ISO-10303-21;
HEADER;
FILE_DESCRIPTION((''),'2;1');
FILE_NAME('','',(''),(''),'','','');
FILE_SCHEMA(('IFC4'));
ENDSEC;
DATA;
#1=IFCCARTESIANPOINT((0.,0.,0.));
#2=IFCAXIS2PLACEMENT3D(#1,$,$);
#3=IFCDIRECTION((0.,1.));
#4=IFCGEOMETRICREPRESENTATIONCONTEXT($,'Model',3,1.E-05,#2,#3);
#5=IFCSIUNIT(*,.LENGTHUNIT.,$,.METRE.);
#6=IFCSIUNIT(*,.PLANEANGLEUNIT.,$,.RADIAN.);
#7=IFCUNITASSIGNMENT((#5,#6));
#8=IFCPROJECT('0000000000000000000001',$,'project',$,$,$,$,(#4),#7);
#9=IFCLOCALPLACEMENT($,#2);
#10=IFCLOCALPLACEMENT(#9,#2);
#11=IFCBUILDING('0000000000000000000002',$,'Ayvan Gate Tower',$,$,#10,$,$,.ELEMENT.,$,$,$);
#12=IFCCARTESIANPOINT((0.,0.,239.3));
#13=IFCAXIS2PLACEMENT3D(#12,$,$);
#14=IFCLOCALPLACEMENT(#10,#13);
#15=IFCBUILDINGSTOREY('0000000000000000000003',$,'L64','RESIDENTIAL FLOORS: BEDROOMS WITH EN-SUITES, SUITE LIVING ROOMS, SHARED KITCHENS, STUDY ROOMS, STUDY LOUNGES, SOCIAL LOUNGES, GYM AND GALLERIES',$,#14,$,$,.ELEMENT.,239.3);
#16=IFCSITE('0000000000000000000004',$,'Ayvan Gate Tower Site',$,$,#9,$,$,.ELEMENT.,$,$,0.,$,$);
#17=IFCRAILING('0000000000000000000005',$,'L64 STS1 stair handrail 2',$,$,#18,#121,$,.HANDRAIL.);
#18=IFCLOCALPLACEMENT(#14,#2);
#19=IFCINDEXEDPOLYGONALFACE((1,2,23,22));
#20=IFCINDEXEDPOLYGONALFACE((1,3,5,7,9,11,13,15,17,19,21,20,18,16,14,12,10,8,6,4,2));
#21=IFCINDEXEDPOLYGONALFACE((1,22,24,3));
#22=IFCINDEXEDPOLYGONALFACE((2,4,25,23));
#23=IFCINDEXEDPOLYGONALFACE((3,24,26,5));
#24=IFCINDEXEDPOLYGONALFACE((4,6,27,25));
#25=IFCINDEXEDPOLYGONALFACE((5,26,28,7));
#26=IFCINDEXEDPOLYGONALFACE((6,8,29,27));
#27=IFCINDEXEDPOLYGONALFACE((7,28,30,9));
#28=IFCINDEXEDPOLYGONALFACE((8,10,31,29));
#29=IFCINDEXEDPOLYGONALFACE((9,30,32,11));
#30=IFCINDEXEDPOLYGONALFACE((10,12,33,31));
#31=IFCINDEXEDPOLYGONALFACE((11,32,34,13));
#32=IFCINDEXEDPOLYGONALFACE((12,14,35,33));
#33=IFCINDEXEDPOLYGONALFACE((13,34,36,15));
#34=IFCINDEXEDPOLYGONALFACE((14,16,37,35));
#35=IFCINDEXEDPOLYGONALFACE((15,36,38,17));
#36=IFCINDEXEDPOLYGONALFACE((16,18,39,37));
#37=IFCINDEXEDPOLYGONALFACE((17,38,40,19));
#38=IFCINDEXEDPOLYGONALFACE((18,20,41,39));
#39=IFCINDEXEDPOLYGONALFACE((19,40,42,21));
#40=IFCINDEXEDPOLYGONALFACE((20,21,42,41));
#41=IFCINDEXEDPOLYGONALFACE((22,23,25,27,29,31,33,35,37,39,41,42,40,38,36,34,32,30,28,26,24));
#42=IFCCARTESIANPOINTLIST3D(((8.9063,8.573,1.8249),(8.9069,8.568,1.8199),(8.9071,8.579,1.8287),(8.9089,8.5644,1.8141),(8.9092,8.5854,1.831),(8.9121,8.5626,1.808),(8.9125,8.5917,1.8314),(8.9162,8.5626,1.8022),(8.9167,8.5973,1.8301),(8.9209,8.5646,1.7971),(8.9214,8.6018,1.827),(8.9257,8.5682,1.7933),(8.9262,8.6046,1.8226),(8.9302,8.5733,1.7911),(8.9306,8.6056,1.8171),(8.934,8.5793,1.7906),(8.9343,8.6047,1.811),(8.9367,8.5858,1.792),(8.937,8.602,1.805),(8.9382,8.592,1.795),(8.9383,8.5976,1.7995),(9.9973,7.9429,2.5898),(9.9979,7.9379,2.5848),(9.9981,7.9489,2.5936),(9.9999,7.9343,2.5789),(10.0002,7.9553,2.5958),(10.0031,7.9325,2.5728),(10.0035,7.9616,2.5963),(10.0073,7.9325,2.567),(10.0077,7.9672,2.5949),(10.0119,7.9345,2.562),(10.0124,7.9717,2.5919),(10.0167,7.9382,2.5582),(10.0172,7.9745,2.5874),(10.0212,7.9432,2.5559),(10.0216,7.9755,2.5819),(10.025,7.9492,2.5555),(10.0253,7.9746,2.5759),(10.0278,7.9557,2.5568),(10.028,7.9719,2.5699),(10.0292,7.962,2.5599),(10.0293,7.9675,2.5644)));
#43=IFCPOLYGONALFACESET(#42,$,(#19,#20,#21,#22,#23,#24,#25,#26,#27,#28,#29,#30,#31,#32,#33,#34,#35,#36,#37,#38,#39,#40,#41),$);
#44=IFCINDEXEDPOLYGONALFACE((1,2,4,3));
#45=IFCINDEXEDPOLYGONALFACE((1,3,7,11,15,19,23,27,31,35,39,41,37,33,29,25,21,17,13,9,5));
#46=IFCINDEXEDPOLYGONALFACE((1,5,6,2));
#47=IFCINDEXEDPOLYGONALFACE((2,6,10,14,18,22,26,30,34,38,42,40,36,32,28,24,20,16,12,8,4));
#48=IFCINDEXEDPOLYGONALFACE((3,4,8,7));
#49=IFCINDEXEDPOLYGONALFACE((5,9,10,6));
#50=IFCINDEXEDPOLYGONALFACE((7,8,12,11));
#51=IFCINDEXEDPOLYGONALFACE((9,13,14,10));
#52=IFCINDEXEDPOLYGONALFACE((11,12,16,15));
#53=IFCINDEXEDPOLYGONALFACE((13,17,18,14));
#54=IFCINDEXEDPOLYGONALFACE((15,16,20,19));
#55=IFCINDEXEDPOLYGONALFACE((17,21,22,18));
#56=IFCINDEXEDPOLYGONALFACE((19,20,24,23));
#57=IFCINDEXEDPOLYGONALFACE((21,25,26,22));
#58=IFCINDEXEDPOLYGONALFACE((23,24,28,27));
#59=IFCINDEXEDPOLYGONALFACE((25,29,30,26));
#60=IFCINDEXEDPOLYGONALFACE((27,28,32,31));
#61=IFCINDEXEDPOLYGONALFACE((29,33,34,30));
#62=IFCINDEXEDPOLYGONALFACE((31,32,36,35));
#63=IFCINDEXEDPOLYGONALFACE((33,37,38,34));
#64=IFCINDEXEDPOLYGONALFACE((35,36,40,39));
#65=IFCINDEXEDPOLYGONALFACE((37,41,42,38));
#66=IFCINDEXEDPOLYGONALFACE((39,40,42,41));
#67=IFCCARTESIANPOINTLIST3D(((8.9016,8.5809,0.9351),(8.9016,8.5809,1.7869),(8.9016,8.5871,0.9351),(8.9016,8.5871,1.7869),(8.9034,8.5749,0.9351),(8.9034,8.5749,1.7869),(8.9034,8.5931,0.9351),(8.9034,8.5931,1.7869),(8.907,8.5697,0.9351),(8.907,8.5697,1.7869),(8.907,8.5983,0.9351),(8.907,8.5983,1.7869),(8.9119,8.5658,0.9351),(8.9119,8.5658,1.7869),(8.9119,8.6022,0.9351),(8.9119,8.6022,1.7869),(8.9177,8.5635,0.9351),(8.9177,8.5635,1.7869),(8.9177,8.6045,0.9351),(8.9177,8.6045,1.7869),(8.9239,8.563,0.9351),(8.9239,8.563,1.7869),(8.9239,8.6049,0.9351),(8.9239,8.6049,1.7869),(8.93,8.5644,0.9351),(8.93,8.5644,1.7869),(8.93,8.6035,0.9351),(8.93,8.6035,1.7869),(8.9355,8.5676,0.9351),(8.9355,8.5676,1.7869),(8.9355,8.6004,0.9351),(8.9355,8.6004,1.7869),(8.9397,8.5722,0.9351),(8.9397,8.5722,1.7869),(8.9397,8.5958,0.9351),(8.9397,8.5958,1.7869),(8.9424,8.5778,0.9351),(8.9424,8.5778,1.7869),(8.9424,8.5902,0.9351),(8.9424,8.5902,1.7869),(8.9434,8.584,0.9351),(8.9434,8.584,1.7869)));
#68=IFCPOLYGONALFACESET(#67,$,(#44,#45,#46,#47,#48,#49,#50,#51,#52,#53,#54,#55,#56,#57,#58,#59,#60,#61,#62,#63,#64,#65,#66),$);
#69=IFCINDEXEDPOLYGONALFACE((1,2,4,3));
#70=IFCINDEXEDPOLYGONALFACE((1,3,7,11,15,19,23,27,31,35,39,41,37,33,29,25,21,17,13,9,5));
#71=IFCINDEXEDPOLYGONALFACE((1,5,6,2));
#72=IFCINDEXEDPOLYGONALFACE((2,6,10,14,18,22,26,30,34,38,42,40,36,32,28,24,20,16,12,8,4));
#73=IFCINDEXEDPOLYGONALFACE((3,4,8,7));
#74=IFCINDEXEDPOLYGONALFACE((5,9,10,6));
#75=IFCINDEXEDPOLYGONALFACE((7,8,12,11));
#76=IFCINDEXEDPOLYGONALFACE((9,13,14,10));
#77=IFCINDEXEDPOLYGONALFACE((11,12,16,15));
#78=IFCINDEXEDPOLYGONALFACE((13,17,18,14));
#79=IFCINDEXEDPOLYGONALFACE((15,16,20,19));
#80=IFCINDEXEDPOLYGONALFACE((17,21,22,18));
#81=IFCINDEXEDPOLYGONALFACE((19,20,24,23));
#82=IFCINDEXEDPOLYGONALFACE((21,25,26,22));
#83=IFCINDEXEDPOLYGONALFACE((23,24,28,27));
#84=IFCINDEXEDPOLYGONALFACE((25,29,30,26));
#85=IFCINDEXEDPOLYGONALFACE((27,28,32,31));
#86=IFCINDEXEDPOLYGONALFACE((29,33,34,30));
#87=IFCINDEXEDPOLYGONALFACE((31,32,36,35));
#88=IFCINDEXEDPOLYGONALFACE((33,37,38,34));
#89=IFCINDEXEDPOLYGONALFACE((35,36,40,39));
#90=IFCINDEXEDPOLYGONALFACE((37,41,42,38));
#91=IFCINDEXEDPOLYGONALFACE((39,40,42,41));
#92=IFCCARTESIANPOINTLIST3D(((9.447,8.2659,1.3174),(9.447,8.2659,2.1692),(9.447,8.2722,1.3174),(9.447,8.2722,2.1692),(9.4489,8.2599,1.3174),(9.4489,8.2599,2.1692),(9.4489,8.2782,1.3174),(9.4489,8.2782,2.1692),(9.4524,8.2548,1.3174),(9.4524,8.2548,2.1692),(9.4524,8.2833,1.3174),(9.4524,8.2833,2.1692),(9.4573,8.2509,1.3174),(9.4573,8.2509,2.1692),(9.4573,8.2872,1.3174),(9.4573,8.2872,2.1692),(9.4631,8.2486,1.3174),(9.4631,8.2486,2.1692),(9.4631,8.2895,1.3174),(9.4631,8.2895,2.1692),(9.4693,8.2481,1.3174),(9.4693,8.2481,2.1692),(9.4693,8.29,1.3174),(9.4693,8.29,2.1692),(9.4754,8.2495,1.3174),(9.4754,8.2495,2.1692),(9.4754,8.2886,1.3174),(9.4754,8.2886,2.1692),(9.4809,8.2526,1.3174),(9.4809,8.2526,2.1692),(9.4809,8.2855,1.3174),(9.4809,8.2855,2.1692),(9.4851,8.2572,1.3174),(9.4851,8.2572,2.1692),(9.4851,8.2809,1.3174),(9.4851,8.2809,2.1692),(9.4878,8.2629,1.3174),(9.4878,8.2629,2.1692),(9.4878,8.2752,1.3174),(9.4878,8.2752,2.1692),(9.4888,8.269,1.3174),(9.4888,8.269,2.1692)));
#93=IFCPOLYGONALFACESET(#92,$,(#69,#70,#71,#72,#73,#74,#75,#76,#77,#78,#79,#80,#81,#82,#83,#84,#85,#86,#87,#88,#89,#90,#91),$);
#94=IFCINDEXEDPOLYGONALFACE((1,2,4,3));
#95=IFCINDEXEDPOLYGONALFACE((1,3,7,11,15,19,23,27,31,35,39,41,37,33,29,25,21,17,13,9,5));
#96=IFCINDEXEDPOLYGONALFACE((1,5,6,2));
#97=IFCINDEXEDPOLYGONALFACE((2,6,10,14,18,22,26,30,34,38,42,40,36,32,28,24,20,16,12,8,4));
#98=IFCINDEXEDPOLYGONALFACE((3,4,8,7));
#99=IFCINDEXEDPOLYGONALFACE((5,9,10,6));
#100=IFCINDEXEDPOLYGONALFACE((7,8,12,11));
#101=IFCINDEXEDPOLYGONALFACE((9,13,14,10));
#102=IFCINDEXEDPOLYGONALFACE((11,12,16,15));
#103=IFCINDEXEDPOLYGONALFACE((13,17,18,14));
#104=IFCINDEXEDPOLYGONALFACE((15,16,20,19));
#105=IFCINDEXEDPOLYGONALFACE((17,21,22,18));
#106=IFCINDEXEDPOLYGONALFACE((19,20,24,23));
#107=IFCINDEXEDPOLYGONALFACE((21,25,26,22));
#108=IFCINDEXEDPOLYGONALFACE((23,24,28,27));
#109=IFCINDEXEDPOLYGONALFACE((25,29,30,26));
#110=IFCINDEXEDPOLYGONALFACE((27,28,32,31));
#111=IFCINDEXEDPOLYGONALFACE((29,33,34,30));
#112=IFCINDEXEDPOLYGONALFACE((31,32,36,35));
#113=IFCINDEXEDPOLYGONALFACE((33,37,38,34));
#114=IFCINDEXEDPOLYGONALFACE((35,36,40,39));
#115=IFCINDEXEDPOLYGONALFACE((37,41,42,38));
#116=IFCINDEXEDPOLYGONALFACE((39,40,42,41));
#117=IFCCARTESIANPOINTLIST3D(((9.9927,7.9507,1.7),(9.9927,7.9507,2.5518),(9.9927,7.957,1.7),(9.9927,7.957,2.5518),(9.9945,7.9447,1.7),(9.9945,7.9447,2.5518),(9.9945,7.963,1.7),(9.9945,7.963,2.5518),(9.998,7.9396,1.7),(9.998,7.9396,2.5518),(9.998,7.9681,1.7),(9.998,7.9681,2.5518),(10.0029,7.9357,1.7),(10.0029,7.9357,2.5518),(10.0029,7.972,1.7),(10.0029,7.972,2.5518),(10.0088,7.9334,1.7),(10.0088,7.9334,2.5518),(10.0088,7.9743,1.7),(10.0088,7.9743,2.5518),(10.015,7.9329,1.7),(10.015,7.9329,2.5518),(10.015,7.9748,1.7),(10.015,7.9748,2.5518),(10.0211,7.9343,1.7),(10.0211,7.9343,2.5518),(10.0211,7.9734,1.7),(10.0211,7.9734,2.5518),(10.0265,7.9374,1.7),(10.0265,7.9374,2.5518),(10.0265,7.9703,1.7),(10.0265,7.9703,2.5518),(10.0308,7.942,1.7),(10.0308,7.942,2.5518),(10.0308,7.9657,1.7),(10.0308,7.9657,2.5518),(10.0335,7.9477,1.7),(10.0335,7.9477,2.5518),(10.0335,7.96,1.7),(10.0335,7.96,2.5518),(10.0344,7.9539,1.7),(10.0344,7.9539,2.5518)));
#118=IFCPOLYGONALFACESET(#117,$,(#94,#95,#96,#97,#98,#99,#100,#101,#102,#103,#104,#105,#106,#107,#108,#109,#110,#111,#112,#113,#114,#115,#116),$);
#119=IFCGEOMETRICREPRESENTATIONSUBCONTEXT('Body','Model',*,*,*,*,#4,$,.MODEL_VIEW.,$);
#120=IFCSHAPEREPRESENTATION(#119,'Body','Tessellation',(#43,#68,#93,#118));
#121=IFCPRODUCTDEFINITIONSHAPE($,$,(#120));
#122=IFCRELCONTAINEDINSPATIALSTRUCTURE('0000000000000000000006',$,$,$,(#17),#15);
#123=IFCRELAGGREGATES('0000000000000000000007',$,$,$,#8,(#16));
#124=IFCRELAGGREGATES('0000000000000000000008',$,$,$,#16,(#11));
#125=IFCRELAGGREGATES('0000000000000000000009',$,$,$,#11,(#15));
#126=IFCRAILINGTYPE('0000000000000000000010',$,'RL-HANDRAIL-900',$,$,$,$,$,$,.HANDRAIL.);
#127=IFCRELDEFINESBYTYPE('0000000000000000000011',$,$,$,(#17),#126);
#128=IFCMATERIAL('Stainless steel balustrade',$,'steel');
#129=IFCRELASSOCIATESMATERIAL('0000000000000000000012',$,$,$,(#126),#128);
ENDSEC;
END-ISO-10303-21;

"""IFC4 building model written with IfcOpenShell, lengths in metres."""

from ifc_helpers import new_model, si_unit, direction, frame, origin, origin_2d, place, context, subcontext, project, spatial, circle, extrude, material, type_object, element, save


model = new_model("IFC4")

# Units and contexts
model_context = context("Model", 3, precision=1e-05, world=origin(), true_north=direction((0.0, 1.0)))
body_context = subcontext(model_context, "Body", "Model", "MODEL_VIEW")
ifc_project = project(units=[si_unit("LENGTHUNIT", "METRE"), si_unit("PLANEANGLEUNIT", "RADIAN")], contexts=[model_context])

# Site, building, storey
site_placement = place(None, origin())
site = spatial("IfcSite", under=ifc_project, at=site_placement, Name="Ayvan Gate Tower Site", CompositionType="ELEMENT", RefElevation=0.0)
building_placement = place(site_placement, origin())
building = spatial("IfcBuilding", under=site, at=building_placement, Name="Ayvan Gate Tower", CompositionType="ELEMENT")
storey_placement = place(building_placement, frame((0.0, 0.0, 239.3)))
storey = spatial("IfcBuildingStorey", under=building, at=storey_placement, Name="L64", Description="RESIDENTIAL FLOORS: BEDROOMS WITH EN-SUITES, SUITE LIVING ROOMS, SHARED KITCHENS, STUDY ROOMS, STUDY LOUNGES, SOCIAL LOUNGES, GYM AND GALLERIES", CompositionType="ELEMENT", Elevation=239.3)

# Railing
ifc_material_1 = material(Name="Stainless steel balustrade", Category="steel")
railing_type_1 = type_object("IfcRailingType", Name="RL-HANDRAIL-900", PredefinedType="HANDRAIL", material=ifc_material_1)
railing_1_placement = place(storey_placement, frame((8.9224, 8.584, 0.9351)))
element("IfcRailing", 1, at=railing_1_placement, inside=storey, type_object=railing_type_1, Name="L64 STS1 stair handrail 2", PredefinedType="HANDRAIL", context=body_context, shape_type="SweptSolid", body=[
    extrude(circle(Radius=0.0239, at=origin_2d()), frame((0.0, 0.0, 0.876), z_axis=(0.740229, -0.427508, 0.518939), x_axis=(0.500119, 0.865956, 0.0)), (0.0, 0.0, 1.0), 1.4739),
    extrude(circle(Radius=0.021, at=origin_2d()), origin(), (0.0, 0.0, 1.0), 0.8518),
    extrude(circle(Radius=0.021, at=origin_2d()), frame((0.5454, -0.3149, 0.3823)), (0.0, 0.0, 1.0), 0.8518),
    extrude(circle(Radius=0.021, at=origin_2d()), frame((1.0911, -0.6301, 0.7649)), (0.0, 0.0, 1.0), 0.8518),
])

save(model, "model.ifc")
